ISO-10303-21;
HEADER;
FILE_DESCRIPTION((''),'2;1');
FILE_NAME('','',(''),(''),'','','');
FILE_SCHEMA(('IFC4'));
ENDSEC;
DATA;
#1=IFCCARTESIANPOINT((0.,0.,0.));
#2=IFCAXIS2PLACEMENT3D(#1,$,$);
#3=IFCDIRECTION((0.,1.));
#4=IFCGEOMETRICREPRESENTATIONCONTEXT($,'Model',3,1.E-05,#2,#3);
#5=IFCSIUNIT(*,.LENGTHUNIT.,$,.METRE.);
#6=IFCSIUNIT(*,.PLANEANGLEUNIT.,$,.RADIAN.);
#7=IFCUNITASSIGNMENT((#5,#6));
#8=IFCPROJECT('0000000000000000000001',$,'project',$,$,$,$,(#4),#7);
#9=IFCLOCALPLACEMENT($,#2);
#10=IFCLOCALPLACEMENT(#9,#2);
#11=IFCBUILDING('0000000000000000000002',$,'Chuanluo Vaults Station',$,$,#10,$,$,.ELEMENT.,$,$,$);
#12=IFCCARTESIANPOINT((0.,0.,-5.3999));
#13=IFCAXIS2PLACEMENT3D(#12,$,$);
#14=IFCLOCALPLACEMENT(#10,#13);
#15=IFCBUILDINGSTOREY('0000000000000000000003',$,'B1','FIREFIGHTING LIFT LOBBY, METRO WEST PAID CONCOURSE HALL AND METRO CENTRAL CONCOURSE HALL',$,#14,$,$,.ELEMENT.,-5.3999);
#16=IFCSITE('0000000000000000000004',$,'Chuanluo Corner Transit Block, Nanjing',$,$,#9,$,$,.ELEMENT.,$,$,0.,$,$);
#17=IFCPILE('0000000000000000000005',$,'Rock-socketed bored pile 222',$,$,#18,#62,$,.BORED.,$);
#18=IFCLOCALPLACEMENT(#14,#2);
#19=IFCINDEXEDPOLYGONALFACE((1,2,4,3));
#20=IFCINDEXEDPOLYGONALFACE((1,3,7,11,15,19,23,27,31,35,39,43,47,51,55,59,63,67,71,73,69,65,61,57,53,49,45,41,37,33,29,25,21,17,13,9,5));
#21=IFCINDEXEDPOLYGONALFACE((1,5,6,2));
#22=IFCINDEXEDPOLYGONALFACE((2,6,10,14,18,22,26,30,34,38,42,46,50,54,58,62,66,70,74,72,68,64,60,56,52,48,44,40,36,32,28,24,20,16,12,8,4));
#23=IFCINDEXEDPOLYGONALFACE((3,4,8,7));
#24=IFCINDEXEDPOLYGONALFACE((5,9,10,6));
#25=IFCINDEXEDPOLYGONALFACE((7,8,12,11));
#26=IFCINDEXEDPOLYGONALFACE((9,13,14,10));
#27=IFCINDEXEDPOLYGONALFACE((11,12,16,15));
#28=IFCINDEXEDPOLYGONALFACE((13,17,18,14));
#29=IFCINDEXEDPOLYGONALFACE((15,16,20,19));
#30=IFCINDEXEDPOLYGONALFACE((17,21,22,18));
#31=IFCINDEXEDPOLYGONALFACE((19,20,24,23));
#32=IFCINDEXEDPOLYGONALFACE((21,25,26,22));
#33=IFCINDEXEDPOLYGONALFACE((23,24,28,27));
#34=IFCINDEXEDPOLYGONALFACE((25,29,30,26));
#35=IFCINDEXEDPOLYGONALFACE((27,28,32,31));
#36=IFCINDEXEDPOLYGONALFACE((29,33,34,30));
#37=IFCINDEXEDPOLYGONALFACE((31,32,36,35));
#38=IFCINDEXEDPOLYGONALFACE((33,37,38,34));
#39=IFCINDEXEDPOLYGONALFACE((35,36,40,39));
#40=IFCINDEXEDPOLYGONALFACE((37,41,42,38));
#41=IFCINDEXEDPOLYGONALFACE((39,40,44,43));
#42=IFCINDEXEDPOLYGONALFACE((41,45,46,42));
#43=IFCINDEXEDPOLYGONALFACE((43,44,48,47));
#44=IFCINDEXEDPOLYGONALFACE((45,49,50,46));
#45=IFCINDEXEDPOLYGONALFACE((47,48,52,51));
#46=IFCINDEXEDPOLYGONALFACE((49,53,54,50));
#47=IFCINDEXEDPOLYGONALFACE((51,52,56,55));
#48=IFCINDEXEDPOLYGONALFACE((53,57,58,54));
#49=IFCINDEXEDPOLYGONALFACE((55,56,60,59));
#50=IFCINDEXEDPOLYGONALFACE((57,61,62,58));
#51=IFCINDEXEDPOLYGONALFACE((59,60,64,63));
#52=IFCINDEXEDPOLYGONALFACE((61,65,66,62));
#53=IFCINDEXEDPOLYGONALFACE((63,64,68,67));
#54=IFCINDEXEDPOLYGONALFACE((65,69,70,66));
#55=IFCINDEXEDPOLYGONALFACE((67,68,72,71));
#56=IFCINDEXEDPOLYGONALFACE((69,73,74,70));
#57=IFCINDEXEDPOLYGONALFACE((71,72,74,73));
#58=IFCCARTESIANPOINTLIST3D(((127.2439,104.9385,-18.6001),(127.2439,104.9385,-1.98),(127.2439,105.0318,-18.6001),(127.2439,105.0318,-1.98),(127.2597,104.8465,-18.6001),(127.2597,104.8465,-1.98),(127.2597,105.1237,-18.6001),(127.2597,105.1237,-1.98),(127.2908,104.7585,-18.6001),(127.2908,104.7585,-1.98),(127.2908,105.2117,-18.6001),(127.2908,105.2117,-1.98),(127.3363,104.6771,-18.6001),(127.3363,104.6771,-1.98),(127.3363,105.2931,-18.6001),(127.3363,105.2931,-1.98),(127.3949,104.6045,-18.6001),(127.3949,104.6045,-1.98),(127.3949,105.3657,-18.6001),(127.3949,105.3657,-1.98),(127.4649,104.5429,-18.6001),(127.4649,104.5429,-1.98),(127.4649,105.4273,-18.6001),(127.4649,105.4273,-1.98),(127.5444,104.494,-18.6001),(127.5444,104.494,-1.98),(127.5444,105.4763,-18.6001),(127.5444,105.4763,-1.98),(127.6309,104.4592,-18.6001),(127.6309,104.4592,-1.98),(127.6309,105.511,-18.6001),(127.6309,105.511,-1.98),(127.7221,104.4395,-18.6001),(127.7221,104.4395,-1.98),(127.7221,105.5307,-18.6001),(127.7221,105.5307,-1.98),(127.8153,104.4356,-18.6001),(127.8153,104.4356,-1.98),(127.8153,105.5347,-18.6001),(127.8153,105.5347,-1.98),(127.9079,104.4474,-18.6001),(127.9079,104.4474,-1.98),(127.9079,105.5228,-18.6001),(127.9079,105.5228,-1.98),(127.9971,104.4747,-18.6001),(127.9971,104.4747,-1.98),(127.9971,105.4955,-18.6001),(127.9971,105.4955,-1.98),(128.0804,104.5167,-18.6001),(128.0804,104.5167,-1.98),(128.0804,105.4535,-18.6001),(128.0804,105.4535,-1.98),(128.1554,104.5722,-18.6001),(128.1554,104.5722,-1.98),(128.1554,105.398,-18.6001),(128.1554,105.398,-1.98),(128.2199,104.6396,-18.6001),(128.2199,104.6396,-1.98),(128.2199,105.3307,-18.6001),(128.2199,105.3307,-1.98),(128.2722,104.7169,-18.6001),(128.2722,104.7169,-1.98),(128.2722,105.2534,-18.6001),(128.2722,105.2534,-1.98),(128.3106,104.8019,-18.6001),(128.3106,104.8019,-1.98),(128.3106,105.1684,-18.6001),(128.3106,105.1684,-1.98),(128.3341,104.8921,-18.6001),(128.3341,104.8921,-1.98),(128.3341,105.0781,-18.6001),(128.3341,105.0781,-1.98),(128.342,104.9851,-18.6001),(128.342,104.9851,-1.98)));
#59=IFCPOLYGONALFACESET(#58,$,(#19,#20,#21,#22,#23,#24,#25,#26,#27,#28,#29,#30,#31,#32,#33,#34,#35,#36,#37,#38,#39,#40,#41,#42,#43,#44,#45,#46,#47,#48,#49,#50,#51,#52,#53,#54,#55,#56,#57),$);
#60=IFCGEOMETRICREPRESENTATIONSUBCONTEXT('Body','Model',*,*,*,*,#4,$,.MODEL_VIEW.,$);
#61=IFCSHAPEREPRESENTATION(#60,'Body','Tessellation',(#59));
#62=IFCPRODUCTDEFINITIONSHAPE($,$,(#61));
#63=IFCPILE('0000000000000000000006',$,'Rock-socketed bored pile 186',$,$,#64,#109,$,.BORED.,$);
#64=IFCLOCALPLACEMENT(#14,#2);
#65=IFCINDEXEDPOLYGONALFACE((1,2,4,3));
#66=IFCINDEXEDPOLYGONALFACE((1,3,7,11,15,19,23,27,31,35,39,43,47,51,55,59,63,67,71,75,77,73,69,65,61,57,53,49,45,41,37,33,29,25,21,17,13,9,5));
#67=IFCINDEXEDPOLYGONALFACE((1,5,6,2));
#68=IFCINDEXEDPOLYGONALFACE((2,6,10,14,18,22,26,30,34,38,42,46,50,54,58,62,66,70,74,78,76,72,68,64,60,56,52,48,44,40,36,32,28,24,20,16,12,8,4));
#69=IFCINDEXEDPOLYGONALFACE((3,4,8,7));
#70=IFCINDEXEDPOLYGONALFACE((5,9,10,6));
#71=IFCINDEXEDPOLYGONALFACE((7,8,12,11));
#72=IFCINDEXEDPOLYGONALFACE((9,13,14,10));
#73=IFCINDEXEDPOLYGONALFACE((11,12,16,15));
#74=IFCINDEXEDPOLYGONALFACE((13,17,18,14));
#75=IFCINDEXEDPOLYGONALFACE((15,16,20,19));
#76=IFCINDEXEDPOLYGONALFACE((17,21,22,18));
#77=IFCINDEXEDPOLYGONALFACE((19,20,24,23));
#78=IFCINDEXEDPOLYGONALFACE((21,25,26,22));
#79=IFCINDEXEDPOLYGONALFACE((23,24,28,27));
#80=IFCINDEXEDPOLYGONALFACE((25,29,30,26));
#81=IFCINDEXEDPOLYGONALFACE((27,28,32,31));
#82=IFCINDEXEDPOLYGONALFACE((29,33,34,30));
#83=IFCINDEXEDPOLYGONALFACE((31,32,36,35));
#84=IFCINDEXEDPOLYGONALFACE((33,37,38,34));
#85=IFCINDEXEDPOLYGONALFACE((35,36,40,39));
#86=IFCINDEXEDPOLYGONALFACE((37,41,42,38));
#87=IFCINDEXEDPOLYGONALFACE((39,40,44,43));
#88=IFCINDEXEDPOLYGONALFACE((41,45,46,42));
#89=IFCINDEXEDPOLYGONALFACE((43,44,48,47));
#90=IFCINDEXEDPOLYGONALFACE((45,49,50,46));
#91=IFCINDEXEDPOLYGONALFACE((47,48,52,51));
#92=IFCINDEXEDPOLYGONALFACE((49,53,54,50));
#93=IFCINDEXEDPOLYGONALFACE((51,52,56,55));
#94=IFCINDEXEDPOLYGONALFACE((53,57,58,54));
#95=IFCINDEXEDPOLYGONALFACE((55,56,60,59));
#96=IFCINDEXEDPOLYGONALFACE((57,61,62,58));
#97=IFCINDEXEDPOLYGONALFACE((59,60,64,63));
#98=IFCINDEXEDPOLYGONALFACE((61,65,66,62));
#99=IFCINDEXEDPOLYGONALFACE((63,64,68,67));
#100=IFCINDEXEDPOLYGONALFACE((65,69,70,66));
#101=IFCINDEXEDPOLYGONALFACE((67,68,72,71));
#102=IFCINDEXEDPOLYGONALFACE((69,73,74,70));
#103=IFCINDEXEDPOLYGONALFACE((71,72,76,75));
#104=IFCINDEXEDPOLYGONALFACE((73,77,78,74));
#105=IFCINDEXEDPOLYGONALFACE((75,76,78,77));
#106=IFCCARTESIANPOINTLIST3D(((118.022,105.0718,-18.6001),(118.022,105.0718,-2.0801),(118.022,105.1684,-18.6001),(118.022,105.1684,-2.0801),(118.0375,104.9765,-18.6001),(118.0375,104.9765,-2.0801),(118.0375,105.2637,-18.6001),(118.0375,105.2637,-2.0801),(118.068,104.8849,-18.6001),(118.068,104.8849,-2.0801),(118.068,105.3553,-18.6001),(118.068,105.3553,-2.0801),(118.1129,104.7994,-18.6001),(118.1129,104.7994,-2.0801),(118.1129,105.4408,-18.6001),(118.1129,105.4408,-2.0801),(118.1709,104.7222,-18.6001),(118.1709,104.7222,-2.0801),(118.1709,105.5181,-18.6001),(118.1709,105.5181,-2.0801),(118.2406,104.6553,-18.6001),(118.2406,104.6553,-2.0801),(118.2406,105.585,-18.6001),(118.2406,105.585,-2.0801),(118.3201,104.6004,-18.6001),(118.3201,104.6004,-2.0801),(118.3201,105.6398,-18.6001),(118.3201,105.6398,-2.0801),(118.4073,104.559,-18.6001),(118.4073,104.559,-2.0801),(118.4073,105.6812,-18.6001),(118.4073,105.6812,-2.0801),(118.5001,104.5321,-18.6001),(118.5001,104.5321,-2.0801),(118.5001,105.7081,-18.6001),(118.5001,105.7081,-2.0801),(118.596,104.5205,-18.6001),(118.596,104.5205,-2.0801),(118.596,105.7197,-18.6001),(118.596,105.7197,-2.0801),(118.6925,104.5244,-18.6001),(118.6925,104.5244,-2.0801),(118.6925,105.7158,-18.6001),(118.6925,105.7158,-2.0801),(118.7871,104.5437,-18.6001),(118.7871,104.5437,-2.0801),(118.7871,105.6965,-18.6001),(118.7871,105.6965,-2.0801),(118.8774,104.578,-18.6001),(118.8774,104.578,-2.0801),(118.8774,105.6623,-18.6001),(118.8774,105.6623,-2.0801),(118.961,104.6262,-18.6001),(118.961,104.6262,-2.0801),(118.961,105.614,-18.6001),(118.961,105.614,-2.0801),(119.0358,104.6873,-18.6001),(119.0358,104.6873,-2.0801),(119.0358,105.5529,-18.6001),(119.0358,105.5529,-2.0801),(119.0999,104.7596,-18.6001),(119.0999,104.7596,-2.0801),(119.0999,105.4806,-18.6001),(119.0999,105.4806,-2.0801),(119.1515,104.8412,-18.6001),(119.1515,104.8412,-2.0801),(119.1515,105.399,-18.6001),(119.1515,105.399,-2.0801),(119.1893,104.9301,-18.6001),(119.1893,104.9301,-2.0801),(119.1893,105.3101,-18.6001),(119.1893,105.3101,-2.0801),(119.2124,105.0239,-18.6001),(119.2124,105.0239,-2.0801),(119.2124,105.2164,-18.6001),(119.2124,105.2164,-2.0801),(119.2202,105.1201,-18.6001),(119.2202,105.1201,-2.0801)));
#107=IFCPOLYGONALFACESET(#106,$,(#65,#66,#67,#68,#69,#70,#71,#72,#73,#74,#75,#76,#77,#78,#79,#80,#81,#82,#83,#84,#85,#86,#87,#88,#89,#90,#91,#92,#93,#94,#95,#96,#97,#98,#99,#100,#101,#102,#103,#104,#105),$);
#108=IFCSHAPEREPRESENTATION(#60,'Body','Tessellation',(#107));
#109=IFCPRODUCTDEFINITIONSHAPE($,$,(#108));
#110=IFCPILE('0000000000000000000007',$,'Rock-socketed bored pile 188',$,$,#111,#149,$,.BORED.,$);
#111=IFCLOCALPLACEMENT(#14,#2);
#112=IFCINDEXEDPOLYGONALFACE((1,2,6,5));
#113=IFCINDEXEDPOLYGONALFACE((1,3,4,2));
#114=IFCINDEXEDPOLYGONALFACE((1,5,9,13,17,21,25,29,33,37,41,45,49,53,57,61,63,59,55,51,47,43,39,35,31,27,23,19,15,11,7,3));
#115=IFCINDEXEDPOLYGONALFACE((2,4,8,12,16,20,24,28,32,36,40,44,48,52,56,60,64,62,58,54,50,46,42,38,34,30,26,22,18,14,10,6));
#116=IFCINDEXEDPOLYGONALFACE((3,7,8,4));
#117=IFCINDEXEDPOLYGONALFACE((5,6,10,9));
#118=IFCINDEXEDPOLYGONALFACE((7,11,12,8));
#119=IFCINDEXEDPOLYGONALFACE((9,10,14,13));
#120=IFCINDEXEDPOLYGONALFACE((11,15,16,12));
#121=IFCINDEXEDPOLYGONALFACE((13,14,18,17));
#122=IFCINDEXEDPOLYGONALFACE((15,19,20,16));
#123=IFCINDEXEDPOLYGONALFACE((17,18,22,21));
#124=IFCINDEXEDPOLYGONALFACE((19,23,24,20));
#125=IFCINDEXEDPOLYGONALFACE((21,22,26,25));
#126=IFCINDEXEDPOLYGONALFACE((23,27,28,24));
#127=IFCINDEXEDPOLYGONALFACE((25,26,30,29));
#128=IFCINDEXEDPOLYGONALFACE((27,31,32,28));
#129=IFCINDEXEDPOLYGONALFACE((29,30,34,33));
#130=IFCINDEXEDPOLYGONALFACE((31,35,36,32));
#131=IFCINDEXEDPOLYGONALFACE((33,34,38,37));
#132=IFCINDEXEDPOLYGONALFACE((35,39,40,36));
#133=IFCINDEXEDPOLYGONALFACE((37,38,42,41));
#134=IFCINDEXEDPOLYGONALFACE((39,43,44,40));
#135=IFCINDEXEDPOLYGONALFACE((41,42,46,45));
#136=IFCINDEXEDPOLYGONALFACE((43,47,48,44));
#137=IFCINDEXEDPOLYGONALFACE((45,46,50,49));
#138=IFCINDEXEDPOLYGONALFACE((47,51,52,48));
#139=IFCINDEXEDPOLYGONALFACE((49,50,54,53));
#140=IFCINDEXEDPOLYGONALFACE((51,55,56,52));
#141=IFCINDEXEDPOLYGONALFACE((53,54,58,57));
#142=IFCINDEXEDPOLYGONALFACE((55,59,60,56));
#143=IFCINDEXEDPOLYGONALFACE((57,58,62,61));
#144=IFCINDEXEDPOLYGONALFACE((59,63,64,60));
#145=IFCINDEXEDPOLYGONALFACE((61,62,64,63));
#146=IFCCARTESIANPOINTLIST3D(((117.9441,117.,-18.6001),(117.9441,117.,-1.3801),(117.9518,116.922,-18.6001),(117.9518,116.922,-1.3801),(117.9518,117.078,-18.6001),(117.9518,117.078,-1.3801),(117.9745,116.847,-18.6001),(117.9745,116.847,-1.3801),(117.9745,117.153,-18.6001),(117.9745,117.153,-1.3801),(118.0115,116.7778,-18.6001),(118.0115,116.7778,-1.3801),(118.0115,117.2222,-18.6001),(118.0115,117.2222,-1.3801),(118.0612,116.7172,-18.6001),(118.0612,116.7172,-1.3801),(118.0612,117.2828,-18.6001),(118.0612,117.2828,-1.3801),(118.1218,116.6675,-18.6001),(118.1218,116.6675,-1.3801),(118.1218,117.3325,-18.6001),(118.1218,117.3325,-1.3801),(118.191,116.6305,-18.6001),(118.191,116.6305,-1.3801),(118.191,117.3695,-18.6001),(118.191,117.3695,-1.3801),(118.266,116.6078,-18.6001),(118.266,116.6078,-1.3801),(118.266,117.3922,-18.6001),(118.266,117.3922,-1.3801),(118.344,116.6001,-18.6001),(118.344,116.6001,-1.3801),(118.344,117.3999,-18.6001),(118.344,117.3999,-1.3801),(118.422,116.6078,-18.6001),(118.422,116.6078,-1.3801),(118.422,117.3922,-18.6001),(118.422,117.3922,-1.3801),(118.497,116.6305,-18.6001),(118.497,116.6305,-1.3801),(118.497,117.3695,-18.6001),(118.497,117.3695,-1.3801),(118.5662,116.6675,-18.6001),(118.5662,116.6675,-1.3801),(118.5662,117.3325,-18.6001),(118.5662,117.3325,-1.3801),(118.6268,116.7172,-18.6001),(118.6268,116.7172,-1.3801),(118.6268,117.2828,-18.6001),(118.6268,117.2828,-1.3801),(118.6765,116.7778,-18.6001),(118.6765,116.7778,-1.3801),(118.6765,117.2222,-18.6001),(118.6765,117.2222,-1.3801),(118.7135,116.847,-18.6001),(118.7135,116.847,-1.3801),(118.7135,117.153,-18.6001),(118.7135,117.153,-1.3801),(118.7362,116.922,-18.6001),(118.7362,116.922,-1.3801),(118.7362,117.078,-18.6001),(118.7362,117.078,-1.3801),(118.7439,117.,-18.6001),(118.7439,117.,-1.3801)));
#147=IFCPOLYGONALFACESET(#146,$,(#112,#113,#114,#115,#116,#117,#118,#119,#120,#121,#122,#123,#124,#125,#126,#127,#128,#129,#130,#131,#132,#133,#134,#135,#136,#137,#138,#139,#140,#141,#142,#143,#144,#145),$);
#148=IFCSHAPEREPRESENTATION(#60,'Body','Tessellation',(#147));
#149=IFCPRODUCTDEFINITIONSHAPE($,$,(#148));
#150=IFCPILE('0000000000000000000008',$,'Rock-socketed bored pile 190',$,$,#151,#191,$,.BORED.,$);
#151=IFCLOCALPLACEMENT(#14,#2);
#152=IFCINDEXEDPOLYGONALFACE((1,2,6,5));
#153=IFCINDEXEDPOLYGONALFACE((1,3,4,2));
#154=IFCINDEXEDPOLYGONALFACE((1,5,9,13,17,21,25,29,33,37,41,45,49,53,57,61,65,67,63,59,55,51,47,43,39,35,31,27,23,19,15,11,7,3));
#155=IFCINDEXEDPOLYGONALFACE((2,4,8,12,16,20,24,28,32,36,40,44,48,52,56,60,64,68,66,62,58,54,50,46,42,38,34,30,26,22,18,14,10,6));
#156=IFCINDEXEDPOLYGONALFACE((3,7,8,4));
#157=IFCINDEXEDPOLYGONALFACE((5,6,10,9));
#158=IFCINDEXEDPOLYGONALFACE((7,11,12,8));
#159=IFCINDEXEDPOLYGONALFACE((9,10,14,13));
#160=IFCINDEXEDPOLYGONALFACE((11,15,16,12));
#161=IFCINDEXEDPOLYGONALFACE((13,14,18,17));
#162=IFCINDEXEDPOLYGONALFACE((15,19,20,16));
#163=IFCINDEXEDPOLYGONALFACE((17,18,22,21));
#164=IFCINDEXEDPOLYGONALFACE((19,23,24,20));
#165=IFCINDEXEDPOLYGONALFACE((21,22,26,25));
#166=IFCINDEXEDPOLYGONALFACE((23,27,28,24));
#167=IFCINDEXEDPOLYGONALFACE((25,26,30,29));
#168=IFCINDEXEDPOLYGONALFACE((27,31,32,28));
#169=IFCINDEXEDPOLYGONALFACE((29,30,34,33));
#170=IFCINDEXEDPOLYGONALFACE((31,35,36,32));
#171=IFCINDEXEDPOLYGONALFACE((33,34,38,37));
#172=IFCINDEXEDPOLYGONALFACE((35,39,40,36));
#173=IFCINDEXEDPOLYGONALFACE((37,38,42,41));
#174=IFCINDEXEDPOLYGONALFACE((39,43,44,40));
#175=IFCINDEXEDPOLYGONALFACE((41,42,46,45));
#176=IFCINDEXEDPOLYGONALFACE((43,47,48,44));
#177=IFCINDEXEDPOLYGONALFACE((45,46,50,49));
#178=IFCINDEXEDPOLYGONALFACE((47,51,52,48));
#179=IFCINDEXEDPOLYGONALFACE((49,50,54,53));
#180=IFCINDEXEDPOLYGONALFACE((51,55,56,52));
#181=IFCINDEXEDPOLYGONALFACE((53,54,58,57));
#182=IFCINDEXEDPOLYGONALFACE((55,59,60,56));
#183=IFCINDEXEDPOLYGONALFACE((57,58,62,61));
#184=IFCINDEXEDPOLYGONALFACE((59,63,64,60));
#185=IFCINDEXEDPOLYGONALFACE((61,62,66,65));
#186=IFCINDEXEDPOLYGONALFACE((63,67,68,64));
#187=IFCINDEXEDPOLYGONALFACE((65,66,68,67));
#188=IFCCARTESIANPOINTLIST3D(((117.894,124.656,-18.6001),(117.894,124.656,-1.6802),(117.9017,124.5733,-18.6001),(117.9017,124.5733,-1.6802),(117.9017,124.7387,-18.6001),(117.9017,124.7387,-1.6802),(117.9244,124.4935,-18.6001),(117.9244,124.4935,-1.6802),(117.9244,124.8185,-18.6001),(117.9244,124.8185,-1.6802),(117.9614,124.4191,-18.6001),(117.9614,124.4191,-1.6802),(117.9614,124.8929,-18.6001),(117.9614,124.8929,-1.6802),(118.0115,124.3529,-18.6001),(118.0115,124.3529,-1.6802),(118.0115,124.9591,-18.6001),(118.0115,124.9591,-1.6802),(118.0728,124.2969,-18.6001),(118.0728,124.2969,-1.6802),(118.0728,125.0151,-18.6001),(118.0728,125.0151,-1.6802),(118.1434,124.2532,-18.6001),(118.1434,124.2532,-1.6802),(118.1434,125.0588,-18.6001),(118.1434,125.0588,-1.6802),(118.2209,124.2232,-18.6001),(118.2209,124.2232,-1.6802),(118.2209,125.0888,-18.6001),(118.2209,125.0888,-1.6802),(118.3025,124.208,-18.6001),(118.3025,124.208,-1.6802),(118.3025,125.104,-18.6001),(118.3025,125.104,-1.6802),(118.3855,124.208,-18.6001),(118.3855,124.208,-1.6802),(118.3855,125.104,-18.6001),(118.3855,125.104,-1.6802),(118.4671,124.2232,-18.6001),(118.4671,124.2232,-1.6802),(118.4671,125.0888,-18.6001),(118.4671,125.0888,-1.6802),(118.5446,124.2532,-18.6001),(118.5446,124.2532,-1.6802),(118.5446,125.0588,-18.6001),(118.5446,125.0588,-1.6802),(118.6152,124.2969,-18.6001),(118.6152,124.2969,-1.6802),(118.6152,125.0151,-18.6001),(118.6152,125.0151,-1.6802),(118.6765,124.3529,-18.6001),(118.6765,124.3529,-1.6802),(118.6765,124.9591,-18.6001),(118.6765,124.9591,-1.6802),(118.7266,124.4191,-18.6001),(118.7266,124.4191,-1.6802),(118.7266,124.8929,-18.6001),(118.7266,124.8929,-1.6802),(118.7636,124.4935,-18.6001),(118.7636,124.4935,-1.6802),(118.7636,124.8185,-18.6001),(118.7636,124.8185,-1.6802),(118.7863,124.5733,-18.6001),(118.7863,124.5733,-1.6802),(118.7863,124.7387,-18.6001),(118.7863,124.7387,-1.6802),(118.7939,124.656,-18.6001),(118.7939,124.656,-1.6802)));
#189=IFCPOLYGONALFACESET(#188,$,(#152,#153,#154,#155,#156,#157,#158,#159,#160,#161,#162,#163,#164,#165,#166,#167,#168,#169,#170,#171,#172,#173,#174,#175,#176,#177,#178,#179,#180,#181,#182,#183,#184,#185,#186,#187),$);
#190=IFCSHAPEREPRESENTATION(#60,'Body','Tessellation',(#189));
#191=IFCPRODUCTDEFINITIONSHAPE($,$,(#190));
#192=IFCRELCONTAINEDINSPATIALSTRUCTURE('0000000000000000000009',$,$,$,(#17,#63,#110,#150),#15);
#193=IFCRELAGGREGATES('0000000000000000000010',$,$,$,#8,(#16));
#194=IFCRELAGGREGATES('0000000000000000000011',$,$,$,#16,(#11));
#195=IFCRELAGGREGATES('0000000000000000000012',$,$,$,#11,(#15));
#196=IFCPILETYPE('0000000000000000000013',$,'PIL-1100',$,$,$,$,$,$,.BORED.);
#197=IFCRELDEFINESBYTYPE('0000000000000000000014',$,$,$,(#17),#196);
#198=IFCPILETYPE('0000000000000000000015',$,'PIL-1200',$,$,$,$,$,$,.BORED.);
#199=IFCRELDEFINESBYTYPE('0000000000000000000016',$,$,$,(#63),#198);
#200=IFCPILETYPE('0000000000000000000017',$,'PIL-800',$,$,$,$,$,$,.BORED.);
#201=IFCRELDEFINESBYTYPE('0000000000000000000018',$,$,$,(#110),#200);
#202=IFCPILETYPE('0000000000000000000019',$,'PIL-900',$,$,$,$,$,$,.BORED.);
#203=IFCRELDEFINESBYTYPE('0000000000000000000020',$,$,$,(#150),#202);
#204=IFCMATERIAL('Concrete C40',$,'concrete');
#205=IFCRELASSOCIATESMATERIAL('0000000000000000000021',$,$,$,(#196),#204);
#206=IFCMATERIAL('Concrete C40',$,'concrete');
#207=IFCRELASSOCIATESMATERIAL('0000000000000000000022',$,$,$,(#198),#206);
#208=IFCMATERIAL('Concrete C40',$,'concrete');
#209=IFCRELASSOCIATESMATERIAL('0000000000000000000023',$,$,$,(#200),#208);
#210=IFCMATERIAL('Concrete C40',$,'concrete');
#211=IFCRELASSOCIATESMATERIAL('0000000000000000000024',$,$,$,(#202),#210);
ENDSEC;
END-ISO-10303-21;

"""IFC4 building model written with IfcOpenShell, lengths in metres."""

from ifc_helpers import new_model, si_unit, direction, frame, origin, origin_2d, place, context, subcontext, project, spatial, circle, extrude, material, material_profile, profile_set, type_object, element, save


model = new_model("IFC4")

# Units and contexts
model_context = context("Model", 3, precision=1e-05, world=origin(), true_north=direction((0.0, 1.0)))
body_context = subcontext(model_context, "Body", "Model", "MODEL_VIEW")
ifc_project = project(units=[si_unit("LENGTHUNIT", "METRE"), si_unit("PLANEANGLEUNIT", "RADIAN")], contexts=[model_context])

# Site, building, storey
site_placement = place(None, origin())
site = spatial("IfcSite", under=ifc_project, at=site_placement, Name="Chuanluo Corner Transit Block, Nanjing", CompositionType="ELEMENT", RefElevation=0.0)
building_placement = place(site_placement, origin())
building = spatial("IfcBuilding", under=site, at=building_placement, Name="Chuanluo Vaults Station", CompositionType="ELEMENT")
storey_placement = place(building_placement, frame((0.0, 0.0, -5.3999)))
storey = spatial("IfcBuildingStorey", under=building, at=storey_placement, Name="B1", Description="FIREFIGHTING LIFT LOBBY, METRO WEST PAID CONCOURSE HALL AND METRO CENTRAL CONCOURSE HALL", CompositionType="ELEMENT", Elevation=-5.3999)

# Piles
ifc_material_1 = material(Name="Concrete C40", Category="concrete")
ifc_material_profile_1 = material_profile(ifc_material_1, circle(Radius=0.55, at=origin_2d()))
ifc_profile_set_1 = profile_set([ifc_material_profile_1], Name="Concrete C40")
pile_type_1 = type_object("IfcPileType", Name="PIL-1100", PredefinedType="BORED", material=ifc_profile_set_1)
for number, where, z_axis, x_axis, name in (
    (1, (127.792, 104.9851, -1.98), (0.0, 0.0, -1.0), (1.0, 0.0, 0.0), "Rock-socketed bored pile 222"),
):
    element("IfcPile", number, at=place(storey_placement, frame(where, z_axis=z_axis, x_axis=x_axis)), inside=storey, type_object=pile_type_1, Name=name, PredefinedType="BORED", context=body_context, shape_type="SweptSolid", body=[
        extrude(circle(Radius=0.55, at=origin_2d()), origin(), (0.0, 0.0, 1.0), 16.6201),
    ])
ifc_material_2 = material(Name="Concrete C40", Category="concrete")
ifc_material_profile_2 = material_profile(ifc_material_2, circle(Radius=0.6001, at=origin_2d()))
ifc_profile_set_2 = profile_set([ifc_material_profile_2], Name="Concrete C40")
pile_type_2 = type_object("IfcPileType", Name="PIL-1200", PredefinedType="BORED", material=ifc_profile_set_2)
pile_1_placement = place(storey_placement, frame((118.6201, 105.1201, -2.0801), z_axis=(0.0, 0.0, -1.0), x_axis=(1.0, 0.0, 0.0)))
element("IfcPile", 2, at=pile_1_placement, inside=storey, type_object=pile_type_2, Name="Rock-socketed bored pile 186", PredefinedType="BORED", context=body_context, shape_type="SweptSolid", body=[
    extrude(circle(Radius=0.6001, at=origin_2d()), origin(), (0.0, 0.0, 1.0), 16.52),
])
ifc_material_3 = material(Name="Concrete C40", Category="concrete")
ifc_material_profile_3 = material_profile(ifc_material_3, circle(Radius=0.3999, at=origin_2d()))
ifc_profile_set_3 = profile_set([ifc_material_profile_3], Name="Concrete C40")
pile_type_3 = type_object("IfcPileType", Name="PIL-800", PredefinedType="BORED", material=ifc_profile_set_3)
pile_2_placement = place(storey_placement, frame((118.344, 117.0, -1.3801), z_axis=(0.0, 0.0, -1.0), x_axis=(1.0, 0.0, 0.0)))
element("IfcPile", 3, at=pile_2_placement, inside=storey, type_object=pile_type_3, Name="Rock-socketed bored pile 188", PredefinedType="BORED", context=body_context, shape_type="SweptSolid", body=[
    extrude(circle(Radius=0.3999, at=origin_2d()), origin(), (0.0, 0.0, 1.0), 17.22),
])
ifc_material_4 = material(Name="Concrete C40", Category="concrete")
ifc_material_profile_4 = material_profile(ifc_material_4, circle(Radius=0.45, at=origin_2d()))
ifc_profile_set_4 = profile_set([ifc_material_profile_4], Name="Concrete C40")
pile_type_4 = type_object("IfcPileType", Name="PIL-900", PredefinedType="BORED", material=ifc_profile_set_4)
for number, where, z_axis, x_axis, name in (
    (4, (118.344, 124.656, -1.6802), (0.0, 0.0, -1.0), (1.0, 0.0, 0.0), "Rock-socketed bored pile 190"),
):
    element("IfcPile", number, at=place(storey_placement, frame(where, z_axis=z_axis, x_axis=x_axis)), inside=storey, type_object=pile_type_4, Name=name, PredefinedType="BORED", context=body_context, shape_type="SweptSolid", body=[
        extrude(circle(Radius=0.45, at=origin_2d()), origin(), (0.0, 0.0, 1.0), 16.9199),
    ])

save(model, "model.ifc")
